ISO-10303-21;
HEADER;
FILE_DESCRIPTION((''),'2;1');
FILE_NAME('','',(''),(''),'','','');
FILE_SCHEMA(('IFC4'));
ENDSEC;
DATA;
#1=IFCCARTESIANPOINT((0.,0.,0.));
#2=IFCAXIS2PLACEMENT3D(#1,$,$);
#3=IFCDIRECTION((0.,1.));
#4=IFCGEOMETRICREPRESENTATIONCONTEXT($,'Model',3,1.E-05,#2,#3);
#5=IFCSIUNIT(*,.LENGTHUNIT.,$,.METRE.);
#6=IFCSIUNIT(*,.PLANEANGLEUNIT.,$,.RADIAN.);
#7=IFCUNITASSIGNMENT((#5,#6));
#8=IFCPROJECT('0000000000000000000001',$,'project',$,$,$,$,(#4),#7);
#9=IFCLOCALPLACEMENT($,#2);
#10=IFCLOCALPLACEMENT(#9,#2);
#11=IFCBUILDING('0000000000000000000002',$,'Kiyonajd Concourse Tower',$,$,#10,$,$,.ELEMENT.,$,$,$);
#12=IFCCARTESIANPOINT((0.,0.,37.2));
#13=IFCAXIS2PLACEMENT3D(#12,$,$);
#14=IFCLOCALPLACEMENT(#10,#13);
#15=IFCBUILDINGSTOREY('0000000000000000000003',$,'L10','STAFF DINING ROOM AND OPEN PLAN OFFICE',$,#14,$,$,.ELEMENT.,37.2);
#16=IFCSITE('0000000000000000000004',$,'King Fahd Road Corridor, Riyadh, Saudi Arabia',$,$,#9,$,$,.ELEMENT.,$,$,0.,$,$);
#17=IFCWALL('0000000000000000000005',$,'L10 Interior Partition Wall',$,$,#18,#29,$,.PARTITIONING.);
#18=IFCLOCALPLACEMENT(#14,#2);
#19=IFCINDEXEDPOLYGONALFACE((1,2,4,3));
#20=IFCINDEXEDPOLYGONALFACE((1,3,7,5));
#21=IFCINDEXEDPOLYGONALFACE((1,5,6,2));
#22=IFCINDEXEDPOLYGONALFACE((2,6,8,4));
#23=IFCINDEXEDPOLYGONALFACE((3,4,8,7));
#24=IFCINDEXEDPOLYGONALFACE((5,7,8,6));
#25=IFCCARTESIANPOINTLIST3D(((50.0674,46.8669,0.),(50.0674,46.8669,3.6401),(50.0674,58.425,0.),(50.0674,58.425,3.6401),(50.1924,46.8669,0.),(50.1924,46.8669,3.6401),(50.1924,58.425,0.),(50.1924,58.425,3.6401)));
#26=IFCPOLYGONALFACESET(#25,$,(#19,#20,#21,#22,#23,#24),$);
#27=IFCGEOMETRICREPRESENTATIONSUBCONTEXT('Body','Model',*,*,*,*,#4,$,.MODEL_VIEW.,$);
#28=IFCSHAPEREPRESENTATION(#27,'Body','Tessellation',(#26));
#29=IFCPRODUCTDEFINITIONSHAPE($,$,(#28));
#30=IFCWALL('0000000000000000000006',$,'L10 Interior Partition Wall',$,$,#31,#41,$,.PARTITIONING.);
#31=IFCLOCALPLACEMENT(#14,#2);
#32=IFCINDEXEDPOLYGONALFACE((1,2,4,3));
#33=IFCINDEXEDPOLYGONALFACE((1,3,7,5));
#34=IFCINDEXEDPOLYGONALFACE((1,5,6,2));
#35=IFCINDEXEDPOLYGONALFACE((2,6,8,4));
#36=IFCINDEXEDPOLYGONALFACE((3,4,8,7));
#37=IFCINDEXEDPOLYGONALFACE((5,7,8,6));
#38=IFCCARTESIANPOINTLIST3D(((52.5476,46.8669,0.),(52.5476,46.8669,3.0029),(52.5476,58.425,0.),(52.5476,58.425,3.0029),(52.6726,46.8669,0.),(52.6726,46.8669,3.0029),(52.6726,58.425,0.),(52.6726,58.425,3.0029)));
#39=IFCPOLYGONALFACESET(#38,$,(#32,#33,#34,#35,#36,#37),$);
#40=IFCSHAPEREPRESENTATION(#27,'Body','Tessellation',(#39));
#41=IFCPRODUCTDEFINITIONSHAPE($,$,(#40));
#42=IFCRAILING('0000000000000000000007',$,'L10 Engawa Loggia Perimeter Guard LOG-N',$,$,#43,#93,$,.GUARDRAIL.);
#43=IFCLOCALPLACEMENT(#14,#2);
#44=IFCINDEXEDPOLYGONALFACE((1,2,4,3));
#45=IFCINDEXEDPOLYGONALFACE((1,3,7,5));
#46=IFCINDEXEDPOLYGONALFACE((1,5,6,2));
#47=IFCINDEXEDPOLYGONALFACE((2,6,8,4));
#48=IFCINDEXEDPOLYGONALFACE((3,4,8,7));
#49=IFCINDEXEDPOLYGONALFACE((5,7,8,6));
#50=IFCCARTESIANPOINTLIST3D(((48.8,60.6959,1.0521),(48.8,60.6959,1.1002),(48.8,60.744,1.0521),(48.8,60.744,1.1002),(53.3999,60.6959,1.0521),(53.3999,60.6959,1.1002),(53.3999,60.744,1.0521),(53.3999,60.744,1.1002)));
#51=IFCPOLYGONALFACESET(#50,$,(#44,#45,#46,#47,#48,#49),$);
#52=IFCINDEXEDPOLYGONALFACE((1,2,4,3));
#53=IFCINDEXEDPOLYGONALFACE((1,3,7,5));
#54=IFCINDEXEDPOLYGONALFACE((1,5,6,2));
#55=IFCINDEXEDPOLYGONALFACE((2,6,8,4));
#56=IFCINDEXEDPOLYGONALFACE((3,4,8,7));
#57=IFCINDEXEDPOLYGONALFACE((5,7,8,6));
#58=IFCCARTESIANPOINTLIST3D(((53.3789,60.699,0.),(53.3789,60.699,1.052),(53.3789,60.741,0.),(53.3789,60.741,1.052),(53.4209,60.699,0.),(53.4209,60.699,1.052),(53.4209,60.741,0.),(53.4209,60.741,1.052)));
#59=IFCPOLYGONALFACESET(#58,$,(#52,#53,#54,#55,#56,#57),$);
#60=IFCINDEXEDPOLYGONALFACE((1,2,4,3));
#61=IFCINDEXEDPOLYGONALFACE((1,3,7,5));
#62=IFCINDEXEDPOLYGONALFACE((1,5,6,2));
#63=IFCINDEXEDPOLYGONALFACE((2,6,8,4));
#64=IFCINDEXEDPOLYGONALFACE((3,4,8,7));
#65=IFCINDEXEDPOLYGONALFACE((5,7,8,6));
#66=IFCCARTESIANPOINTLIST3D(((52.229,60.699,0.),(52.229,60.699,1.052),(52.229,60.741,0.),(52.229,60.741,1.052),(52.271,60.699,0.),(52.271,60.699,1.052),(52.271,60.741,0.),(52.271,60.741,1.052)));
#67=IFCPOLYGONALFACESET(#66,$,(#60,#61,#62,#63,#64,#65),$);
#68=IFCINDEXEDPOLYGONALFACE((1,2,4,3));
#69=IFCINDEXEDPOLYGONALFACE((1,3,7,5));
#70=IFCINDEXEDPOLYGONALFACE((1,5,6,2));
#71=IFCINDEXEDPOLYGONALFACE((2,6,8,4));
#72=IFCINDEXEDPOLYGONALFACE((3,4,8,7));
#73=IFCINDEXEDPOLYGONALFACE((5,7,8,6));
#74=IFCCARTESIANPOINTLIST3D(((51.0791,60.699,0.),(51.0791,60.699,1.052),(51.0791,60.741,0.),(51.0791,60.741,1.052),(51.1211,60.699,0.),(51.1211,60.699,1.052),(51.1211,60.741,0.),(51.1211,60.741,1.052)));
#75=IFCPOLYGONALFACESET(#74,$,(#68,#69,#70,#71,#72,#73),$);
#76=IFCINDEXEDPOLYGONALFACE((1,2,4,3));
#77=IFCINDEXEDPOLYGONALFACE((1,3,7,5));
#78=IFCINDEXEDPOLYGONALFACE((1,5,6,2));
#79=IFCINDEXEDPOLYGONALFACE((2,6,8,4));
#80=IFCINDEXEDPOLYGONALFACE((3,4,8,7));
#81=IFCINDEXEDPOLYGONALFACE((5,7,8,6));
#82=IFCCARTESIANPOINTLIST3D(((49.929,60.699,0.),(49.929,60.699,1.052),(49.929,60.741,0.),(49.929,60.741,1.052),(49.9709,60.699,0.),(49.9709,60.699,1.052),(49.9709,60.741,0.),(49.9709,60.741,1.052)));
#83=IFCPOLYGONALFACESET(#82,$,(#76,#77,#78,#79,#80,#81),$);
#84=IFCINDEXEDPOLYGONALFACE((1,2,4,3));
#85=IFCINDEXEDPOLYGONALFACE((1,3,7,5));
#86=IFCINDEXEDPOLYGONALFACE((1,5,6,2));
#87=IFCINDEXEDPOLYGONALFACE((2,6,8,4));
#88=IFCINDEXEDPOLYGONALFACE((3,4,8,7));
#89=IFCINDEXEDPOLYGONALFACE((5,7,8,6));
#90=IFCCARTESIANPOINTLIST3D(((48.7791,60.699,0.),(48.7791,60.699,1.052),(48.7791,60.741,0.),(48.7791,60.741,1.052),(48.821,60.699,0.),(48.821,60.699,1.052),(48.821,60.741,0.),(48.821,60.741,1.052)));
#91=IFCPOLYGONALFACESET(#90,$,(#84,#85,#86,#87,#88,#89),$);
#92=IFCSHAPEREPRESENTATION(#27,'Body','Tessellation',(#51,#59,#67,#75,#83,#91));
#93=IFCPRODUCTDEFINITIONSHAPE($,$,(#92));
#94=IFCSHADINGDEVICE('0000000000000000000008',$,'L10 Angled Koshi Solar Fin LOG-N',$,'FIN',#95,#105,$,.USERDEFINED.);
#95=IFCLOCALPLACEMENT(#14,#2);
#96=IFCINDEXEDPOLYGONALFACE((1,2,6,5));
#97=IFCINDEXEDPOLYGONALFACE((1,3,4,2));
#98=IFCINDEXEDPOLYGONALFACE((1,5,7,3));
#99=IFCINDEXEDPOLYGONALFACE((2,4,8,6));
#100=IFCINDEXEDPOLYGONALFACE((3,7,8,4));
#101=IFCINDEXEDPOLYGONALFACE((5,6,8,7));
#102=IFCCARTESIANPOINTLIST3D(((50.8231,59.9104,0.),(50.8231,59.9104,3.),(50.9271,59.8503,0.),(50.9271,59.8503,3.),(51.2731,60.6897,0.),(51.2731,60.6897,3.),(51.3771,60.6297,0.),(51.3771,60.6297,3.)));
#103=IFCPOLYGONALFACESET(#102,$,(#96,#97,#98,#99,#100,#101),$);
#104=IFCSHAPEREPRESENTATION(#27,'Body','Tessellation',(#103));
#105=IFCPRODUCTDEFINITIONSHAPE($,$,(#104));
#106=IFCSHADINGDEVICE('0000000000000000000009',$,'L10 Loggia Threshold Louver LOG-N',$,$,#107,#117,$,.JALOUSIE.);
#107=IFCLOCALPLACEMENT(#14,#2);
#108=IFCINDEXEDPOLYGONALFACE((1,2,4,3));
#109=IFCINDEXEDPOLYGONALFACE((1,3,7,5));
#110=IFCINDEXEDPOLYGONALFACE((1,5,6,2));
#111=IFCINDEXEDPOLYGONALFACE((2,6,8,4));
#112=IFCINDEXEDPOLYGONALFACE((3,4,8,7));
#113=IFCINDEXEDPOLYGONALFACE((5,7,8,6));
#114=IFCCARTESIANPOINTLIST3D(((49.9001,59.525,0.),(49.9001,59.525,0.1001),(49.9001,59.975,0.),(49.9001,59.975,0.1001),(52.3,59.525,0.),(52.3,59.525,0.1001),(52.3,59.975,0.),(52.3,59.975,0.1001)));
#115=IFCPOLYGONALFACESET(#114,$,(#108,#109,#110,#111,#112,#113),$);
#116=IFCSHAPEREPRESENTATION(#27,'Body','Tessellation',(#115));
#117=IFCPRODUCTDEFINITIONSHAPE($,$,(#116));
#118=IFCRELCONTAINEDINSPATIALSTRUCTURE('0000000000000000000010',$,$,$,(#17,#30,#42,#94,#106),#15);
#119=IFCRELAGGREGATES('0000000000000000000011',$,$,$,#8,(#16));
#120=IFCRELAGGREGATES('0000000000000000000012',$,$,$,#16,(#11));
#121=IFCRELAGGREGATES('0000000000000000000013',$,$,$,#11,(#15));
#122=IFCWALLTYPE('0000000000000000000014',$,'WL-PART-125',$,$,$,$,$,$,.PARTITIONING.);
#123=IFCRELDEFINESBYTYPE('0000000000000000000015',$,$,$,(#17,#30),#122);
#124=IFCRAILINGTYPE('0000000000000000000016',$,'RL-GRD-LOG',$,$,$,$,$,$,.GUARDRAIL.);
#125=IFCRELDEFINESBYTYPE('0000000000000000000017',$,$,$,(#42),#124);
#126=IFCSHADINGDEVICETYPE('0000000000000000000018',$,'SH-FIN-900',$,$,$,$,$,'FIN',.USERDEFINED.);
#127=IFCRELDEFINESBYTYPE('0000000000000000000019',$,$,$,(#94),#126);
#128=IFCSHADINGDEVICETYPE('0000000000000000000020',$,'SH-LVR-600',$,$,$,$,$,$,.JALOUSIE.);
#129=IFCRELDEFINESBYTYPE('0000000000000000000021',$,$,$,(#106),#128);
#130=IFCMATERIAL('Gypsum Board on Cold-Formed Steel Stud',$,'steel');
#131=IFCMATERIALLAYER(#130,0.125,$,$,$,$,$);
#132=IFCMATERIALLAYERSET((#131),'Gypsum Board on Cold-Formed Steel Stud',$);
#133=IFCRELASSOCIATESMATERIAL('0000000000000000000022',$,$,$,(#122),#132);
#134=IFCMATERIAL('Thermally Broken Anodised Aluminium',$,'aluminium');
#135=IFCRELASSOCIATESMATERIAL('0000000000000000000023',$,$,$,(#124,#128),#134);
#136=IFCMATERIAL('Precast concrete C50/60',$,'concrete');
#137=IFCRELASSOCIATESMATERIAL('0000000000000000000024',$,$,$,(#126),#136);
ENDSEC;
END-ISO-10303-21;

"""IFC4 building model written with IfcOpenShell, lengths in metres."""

from ifc_helpers import new_model, si_unit, direction, frame, frame_2d, origin, origin_2d, place, context, subcontext, project, spatial, rectangle, extrude, material, layer, layer_set, type_object, element, save


model = new_model("IFC4")

# Units and contexts
model_context = context("Model", 3, precision=1e-05, world=origin(), true_north=direction((0.0, 1.0)))
body_context = subcontext(model_context, "Body", "Model", "MODEL_VIEW")
ifc_project = project(units=[si_unit("LENGTHUNIT", "METRE"), si_unit("PLANEANGLEUNIT", "RADIAN")], contexts=[model_context])

# Site, building, storey
site_placement = place(None, origin())
site = spatial("IfcSite", under=ifc_project, at=site_placement, Name="King Fahd Road Corridor, Riyadh, Saudi Arabia", CompositionType="ELEMENT", RefElevation=0.0)
building_placement = place(site_placement, origin())
building = spatial("IfcBuilding", under=site, at=building_placement, Name="Kiyonajd Concourse Tower", CompositionType="ELEMENT")
storey_placement = place(building_placement, frame((0.0, 0.0, 37.2)))
storey = spatial("IfcBuildingStorey", under=building, at=storey_placement, Name="L10", Description="STAFF DINING ROOM AND OPEN PLAN OFFICE", CompositionType="ELEMENT", Elevation=37.2)

# Shared definitions
ifc_material_1 = material(Name="Precast concrete C50/60", Category="concrete")

# Shared definitions
ifc_material_2 = material(Name="Thermally Broken Anodised Aluminium", Category="aluminium")

# Walls
ifc_material_3 = material(Name="Gypsum Board on Cold-Formed Steel Stud", Category="steel")
ifc_layer_1 = layer(ifc_material_3, 0.125)
ifc_layer_set_1 = layer_set([ifc_layer_1], Name="Gypsum Board on Cold-Formed Steel Stud")
wall_type_1 = type_object("IfcWallType", Name="WL-PART-125", PredefinedType="PARTITIONING", material=ifc_layer_set_1)
wall_1_placement = place(storey_placement, frame((50.1299, 46.8669, 0.0), z_axis=(0.0, 0.0, 1.0), x_axis=(0.0, 1.0, 0.0)))
element("IfcWall", 1, at=wall_1_placement, inside=storey, type_object=wall_type_1, Name="L10 Interior Partition Wall", PredefinedType="PARTITIONING", context=body_context, shape_type="SweptSolid", body=[
    extrude(rectangle(XDim=11.5581, YDim=0.125, at=frame_2d((5.7791, 0.0))), origin(), (0.0, 0.0, 1.0), 3.6401),
])
wall_2_placement = place(storey_placement, frame((52.6101, 46.8669, 0.0), z_axis=(0.0, 0.0, 1.0), x_axis=(0.0, 1.0, 0.0)))
element("IfcWall", 2, at=wall_2_placement, inside=storey, type_object=wall_type_1, Name="L10 Interior Partition Wall", PredefinedType="PARTITIONING", context=body_context, shape_type="SweptSolid", body=[
    extrude(rectangle(XDim=11.5581, YDim=0.125, at=frame_2d((5.7791, 0.0))), origin(), (0.0, 0.0, 1.0), 3.0029),
])

# Railing
railing_type = type_object("IfcRailingType", Name="RL-GRD-LOG", PredefinedType="GUARDRAIL", material=ifc_material_2)
railing_placement = place(storey_placement, frame((53.3999, 60.72, 0.0)))
element("IfcRailing", 3, at=railing_placement, inside=storey, type_object=railing_type, Name="L10 Engawa Loggia Perimeter Guard LOG-N", PredefinedType="GUARDRAIL", context=body_context, shape_type="SweptSolid", body=[
    extrude(rectangle(XDim=0.0481, YDim=0.0481, at=origin_2d()), frame((0.0, 0.0, 1.0762), z_axis=(-1.0, 0.0, 0.0), x_axis=(0.0, -1.0, 0.0)), (0.0, 0.0, 1.0), 4.5999),
    extrude(rectangle(XDim=0.042, YDim=0.042, at=origin_2d()), origin(), (0.0, 0.0, 1.0), 1.052),
    extrude(rectangle(XDim=0.042, YDim=0.042, at=origin_2d()), frame((-1.1499, 0.0, 0.0)), (0.0, 0.0, 1.0), 1.052),
    extrude(rectangle(XDim=0.042, YDim=0.042, at=origin_2d()), frame((-2.2998, 0.0, 0.0)), (0.0, 0.0, 1.0), 1.052),
    extrude(rectangle(XDim=0.042, YDim=0.042, at=origin_2d()), frame((-3.45, 0.0, 0.0)), (0.0, 0.0, 1.0), 1.052),
    extrude(rectangle(XDim=0.042, YDim=0.042, at=origin_2d()), frame((-4.5999, 0.0, 0.0)), (0.0, 0.0, 1.0), 1.052),
])

# Shading devices
shading_device_type_1 = type_object("IfcShadingDeviceType", Name="SH-FIN-900", ElementType="FIN", PredefinedType="USERDEFINED", material=ifc_material_1)
shading_device_1_placement = place(storey_placement, frame((51.1001, 60.27, 0.0), z_axis=(0.0, 0.0, 1.0), x_axis=(0.5, 0.866025, 0.0)))
element("IfcShadingDevice", 4, at=shading_device_1_placement, inside=storey, type_object=shading_device_type_1, Name="L10 Angled Koshi Solar Fin LOG-N", ObjectType="FIN", PredefinedType="USERDEFINED", context=body_context, shape_type="SweptSolid", body=[
    extrude(rectangle(XDim=0.8999, YDim=0.1201, at=origin_2d()), origin(), (0.0, 0.0, 1.0), 3.0),
])
shading_device_type_2 = type_object("IfcShadingDeviceType", Name="SH-LVR-600", PredefinedType="JALOUSIE", material=ifc_material_2)
shading_device_2_placement = place(storey_placement, frame((51.1001, 59.75, 0.0), z_axis=(0.0, 0.0, 1.0), x_axis=(1.0, 0.0, 0.0)))
element("IfcShadingDevice", 5, at=shading_device_2_placement, inside=storey, type_object=shading_device_type_2, Name="L10 Loggia Threshold Louver LOG-N", PredefinedType="JALOUSIE", context=body_context, shape_type="SweptSolid", body=[
    extrude(rectangle(XDim=2.3999, YDim=0.45, at=origin_2d()), origin(), (0.0, 0.0, 1.0), 0.1001),
])

save(model, "model.ifc")
